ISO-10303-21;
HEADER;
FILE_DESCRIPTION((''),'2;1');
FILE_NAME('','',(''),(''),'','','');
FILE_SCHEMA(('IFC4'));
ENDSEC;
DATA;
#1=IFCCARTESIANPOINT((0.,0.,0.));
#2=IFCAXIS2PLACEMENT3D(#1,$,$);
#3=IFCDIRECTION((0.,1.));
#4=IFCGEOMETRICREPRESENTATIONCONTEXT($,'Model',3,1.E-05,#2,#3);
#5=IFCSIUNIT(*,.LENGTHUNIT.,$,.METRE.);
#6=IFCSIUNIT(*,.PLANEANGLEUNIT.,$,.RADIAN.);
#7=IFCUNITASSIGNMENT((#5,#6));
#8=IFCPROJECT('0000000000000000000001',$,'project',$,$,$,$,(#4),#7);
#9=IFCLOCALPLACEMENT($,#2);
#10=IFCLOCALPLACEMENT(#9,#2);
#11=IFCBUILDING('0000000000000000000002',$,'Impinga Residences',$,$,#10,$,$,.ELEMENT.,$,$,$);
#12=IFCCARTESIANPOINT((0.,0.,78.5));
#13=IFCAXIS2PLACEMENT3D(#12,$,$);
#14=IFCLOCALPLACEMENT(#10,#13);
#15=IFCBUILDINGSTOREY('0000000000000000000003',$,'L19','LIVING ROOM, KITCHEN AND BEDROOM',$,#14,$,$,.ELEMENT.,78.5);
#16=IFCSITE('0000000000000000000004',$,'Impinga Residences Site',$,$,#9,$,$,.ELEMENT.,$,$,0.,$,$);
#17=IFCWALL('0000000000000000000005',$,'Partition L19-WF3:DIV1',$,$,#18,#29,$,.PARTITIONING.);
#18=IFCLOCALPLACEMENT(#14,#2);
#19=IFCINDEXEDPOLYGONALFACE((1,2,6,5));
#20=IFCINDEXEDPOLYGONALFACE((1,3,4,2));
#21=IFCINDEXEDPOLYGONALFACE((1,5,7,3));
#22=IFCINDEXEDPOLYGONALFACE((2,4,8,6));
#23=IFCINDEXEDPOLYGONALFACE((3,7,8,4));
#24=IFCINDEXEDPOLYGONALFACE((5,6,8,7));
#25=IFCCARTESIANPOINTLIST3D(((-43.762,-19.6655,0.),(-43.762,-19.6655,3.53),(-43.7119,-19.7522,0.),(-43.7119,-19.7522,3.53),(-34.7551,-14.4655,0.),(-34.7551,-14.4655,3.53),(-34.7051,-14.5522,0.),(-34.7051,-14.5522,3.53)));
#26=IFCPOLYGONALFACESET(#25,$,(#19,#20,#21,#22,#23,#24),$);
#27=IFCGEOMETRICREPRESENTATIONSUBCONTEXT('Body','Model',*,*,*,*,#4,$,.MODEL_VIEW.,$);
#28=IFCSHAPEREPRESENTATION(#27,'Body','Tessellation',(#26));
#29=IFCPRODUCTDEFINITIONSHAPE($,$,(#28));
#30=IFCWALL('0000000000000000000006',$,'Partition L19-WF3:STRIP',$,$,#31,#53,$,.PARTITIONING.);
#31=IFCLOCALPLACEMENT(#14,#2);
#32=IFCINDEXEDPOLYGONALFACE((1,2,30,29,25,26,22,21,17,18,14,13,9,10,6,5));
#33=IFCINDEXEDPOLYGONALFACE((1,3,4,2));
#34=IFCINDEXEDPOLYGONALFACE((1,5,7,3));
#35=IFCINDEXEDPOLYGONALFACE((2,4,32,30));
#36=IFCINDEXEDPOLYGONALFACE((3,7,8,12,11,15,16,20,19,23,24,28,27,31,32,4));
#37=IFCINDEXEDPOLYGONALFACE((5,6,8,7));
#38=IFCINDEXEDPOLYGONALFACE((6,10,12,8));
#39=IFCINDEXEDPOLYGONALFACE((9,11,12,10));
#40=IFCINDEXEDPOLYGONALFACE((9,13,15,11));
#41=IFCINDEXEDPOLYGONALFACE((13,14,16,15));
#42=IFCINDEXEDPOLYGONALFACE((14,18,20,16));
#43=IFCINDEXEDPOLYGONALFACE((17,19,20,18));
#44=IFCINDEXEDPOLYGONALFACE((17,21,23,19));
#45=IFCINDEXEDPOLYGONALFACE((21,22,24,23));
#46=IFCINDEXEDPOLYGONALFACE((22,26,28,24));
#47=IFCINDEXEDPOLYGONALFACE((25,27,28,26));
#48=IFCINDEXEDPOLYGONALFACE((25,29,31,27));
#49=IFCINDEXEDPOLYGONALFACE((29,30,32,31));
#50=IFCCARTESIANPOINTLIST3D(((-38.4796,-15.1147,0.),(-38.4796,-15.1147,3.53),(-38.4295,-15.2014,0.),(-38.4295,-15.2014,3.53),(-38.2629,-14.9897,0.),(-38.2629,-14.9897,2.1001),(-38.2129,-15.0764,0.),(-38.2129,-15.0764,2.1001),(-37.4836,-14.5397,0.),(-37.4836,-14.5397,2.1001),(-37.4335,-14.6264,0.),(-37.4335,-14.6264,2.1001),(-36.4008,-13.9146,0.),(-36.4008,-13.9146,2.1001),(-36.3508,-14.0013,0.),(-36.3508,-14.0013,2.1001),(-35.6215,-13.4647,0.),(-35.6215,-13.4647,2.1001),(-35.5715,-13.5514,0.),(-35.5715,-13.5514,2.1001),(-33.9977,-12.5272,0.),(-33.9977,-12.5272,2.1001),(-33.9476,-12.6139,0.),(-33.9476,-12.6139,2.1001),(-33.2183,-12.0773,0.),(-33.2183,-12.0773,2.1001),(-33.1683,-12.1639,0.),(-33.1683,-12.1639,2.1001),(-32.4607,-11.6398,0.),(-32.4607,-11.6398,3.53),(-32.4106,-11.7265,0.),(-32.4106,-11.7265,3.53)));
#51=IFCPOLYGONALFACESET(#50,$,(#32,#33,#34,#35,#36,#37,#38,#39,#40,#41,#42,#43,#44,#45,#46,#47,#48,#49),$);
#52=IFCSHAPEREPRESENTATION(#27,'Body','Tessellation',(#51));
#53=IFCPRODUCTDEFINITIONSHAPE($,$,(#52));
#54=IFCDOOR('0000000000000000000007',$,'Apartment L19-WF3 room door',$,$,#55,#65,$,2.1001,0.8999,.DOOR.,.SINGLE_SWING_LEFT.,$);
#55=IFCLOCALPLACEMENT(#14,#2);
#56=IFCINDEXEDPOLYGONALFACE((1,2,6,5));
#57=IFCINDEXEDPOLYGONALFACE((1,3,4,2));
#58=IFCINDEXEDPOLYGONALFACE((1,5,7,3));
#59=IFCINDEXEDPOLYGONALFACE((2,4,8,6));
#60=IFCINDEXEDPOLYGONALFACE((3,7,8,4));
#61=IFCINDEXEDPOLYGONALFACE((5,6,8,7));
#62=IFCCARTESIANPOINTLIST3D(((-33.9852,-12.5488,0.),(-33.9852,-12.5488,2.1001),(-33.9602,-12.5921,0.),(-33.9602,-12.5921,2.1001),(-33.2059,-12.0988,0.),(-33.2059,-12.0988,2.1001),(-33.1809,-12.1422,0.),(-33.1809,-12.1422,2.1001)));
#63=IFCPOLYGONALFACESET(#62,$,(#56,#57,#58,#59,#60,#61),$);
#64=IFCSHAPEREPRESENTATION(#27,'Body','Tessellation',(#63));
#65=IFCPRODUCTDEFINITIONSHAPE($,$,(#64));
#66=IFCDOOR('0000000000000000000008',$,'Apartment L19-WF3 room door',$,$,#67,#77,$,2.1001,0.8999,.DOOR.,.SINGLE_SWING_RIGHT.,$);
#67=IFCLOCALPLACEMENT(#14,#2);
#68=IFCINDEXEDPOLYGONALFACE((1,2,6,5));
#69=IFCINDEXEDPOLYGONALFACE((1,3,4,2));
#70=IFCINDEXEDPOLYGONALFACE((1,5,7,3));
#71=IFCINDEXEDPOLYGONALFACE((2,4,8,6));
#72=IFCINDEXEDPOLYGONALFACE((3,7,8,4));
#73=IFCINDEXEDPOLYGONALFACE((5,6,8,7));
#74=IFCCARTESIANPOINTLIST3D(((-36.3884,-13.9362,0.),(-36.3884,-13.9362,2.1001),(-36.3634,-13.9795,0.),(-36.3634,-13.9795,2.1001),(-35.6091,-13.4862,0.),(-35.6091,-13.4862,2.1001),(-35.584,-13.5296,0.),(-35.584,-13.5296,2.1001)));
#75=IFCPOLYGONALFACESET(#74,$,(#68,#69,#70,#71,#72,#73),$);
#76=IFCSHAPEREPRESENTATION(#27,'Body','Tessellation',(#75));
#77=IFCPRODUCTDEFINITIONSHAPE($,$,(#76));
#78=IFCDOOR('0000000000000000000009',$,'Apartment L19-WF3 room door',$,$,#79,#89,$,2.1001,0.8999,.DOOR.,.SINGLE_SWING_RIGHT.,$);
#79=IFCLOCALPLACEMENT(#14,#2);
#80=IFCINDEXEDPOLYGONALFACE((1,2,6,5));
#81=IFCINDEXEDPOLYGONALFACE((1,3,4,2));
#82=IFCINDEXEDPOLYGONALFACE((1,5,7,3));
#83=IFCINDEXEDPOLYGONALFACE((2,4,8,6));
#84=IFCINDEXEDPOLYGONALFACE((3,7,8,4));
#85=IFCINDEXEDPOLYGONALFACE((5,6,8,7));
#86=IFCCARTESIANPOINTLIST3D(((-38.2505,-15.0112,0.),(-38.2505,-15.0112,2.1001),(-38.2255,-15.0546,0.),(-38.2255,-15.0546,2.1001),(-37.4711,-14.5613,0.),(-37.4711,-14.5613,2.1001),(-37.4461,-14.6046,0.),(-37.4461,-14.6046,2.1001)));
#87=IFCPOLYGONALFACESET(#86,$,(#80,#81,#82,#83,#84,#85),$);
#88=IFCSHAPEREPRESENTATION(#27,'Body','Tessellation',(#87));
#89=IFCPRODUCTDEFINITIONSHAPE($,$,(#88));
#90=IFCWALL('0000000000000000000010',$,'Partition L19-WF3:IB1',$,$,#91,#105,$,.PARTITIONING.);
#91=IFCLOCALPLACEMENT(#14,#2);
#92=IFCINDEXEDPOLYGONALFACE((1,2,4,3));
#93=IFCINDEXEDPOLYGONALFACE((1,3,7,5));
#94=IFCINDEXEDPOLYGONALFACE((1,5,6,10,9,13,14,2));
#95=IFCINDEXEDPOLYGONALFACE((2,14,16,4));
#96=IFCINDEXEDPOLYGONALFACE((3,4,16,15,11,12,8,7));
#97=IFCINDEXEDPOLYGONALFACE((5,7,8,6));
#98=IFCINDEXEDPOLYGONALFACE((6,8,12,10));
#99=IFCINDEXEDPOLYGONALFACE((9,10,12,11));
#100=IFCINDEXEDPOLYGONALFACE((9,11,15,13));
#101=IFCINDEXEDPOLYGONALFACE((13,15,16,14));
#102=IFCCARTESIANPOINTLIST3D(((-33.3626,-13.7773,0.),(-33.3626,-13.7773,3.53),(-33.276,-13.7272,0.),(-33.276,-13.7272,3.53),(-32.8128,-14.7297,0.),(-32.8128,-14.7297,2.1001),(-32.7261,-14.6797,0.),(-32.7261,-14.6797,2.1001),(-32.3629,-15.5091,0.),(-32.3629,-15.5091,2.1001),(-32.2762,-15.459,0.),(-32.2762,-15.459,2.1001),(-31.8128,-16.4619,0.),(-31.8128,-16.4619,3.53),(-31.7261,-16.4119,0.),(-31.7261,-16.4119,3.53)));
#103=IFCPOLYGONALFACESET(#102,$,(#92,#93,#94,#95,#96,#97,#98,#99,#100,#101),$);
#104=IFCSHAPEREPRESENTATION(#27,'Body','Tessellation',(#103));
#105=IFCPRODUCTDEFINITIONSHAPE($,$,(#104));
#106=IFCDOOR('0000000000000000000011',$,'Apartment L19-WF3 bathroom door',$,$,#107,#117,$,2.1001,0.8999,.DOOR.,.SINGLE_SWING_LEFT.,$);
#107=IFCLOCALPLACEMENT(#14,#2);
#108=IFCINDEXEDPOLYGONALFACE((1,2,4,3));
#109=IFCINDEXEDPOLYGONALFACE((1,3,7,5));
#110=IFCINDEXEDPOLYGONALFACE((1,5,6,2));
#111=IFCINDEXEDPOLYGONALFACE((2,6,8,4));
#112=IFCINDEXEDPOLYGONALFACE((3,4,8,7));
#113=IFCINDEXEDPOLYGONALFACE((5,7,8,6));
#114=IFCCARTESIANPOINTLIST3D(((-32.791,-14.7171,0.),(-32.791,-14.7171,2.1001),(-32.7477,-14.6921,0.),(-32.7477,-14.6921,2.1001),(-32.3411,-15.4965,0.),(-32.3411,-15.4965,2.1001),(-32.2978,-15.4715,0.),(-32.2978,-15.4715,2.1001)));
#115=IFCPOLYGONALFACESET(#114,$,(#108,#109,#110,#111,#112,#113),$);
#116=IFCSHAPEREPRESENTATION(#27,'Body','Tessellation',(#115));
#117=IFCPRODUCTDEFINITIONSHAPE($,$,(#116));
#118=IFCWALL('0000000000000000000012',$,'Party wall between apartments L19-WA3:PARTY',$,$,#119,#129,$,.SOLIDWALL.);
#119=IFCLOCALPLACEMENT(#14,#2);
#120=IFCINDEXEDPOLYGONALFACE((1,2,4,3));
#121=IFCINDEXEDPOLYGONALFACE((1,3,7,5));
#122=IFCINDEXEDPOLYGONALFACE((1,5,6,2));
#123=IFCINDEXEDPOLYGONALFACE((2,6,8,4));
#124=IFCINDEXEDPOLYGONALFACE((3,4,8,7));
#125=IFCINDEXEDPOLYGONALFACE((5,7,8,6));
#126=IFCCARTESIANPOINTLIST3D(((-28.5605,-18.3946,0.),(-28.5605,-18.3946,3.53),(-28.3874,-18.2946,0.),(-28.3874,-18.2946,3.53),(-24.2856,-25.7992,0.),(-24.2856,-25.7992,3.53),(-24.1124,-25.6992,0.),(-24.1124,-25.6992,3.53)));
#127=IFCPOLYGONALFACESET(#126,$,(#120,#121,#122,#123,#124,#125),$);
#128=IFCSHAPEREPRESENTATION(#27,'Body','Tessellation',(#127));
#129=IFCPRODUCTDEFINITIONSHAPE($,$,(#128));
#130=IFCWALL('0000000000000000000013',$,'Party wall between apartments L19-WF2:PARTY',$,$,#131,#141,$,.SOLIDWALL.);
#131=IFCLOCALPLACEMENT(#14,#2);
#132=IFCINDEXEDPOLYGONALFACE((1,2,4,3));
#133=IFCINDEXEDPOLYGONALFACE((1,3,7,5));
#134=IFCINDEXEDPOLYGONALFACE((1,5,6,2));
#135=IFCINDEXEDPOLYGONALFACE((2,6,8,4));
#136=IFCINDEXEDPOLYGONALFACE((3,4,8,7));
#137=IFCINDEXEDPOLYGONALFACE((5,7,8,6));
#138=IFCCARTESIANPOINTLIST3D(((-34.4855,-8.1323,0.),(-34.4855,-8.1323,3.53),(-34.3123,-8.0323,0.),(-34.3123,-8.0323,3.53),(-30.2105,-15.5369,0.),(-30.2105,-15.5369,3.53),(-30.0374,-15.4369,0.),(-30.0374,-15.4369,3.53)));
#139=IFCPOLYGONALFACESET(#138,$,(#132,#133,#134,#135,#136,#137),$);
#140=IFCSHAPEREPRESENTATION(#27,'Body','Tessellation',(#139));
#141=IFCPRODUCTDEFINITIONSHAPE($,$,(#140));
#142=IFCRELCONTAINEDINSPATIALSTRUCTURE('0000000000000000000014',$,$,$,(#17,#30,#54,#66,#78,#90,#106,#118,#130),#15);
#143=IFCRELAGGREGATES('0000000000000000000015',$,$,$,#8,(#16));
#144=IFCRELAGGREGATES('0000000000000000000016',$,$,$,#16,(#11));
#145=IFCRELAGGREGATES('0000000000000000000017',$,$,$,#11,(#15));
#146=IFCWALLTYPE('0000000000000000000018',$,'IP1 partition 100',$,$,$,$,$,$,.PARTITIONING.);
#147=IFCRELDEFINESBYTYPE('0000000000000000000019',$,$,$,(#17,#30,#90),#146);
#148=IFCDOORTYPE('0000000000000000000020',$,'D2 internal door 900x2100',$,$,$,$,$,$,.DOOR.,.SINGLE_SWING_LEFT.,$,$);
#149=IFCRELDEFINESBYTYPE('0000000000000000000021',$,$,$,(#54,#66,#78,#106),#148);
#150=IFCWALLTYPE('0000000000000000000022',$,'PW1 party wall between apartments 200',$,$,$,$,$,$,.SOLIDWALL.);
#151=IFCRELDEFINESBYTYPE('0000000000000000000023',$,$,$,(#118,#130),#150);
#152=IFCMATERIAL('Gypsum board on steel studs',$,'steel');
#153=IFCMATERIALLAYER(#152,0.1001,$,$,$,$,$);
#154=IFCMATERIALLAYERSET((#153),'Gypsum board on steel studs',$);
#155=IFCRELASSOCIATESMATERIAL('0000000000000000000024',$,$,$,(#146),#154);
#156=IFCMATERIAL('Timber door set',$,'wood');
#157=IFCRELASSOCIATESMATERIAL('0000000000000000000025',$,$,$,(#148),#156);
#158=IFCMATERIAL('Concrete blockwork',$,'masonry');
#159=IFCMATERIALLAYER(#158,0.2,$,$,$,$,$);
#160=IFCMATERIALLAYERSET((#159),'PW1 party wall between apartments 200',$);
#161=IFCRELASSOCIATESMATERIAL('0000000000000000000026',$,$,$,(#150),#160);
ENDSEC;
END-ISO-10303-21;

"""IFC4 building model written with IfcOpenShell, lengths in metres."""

from ifc_helpers import new_model, si_unit, direction, frame, frame_2d, origin, place, context, subcontext, project, spatial, rectangle, extrude, material, layer, layer_set, type_object, element, fill, save


model = new_model("IFC4")

# Units and contexts
model_context = context("Model", 3, precision=1e-05, world=origin(), true_north=direction((0.0, 1.0)))
body_context = subcontext(model_context, "Body", "Model", "MODEL_VIEW")
ifc_project = project(units=[si_unit("LENGTHUNIT", "METRE"), si_unit("PLANEANGLEUNIT", "RADIAN")], contexts=[model_context])

# Site, building, storey
site_placement = place(None, origin())
site = spatial("IfcSite", under=ifc_project, at=site_placement, Name="Impinga Residences Site", CompositionType="ELEMENT", RefElevation=0.0)
building_placement = place(site_placement, origin())
building = spatial("IfcBuilding", under=site, at=building_placement, Name="Impinga Residences", CompositionType="ELEMENT")
storey_placement = place(building_placement, frame((0.0, 0.0, 78.5)))
storey = spatial("IfcBuildingStorey", under=building, at=storey_placement, Name="L19", Description="LIVING ROOM, KITCHEN AND BEDROOM", CompositionType="ELEMENT", Elevation=78.5)

# Shared definitions
ifc_material_1 = material(Name="Concrete blockwork", Category="masonry")
ifc_material_2 = material(Name="Timber door set", Category="wood")
ifc_material_3 = material(Name="Gypsum board on steel studs", Category="steel")
ifc_layer_1 = layer(ifc_material_3, 0.1001)
ifc_layer_set_1 = layer_set([ifc_layer_1], Name="Gypsum board on steel studs")
wall_type_1 = type_object("IfcWallType", Name="IP1 partition 100", PredefinedType="PARTITIONING", material=ifc_layer_set_1)
door_type_1 = type_object("IfcDoorType", Name="D2 internal door 900x2100", OperationType="SINGLE_SWING_LEFT", PredefinedType="DOOR", material=ifc_material_2)

# Wall
wall_1_placement = place(storey_placement, frame((-34.73, -14.5088, 0.0), z_axis=(0.0, 0.0, 1.0), x_axis=(-0.866032, -0.499989, 0.0)))
element("IfcWall", 1, at=wall_1_placement, inside=storey, type_object=wall_type_1, Name="Partition L19-WF3:DIV1", PredefinedType="PARTITIONING", context=body_context, shape_type="SweptSolid", body=[
    extrude(rectangle(XDim=10.4001, YDim=0.1001, at=frame_2d((5.2002, 0.0))), origin(), (0.0, 0.0, 1.0), 3.53),
])

# Wall, openings, doors
wall_2_placement = place(storey_placement, frame((-32.4355, -11.6831, 0.0), z_axis=(0.0, 0.0, 1.0), x_axis=(-0.866032, -0.499989, 0.0)))
wall_2 = element("IfcWall", 2, at=wall_2_placement, inside=storey, type_object=wall_type_1, Name="Partition L19-WF3:STRIP", PredefinedType="PARTITIONING", context=body_context, shape_type="SweptSolid", body=[
    extrude(rectangle(XDim=6.95, YDim=0.1001, at=frame_2d((3.4751, 0.0))), origin(), (0.0, 0.0, 1.0), 3.53),
])
opening_1_placement = place(wall_2_placement, frame((0.875, 0.0, 0.0)))
opening_1 = element("IfcOpeningElement", 3, at=opening_1_placement, cuts=wall_2, PredefinedType="OPENING", context=body_context, shape_type="SweptSolid", body=[
    extrude(rectangle(XDim=0.8999, YDim=2.1001, at=frame_2d((0.45, 1.05))), frame((0.0, 0.0601, 0.0), z_axis=(0.0, -1.0, 0.0), x_axis=(1.0, 0.0, 0.0)), (0.0, 0.0, 1.0), 0.1201),
])
opening_2_placement = place(wall_2_placement, frame((3.6499, 0.0, 0.0)))
opening_2 = element("IfcOpeningElement", 4, at=opening_2_placement, cuts=wall_2, PredefinedType="OPENING", context=body_context, shape_type="SweptSolid", body=[
    extrude(rectangle(XDim=0.8999, YDim=2.1001, at=frame_2d((0.45, 1.05))), frame((0.0, 0.0601, 0.0), z_axis=(0.0, -1.0, 0.0), x_axis=(1.0, 0.0, 0.0)), (0.0, 0.0, 1.0), 0.1201),
])
opening_3_placement = place(wall_2_placement, frame((5.8, 0.0, 0.0)))
opening_3 = element("IfcOpeningElement", 5, at=opening_3_placement, cuts=wall_2, PredefinedType="OPENING", context=body_context, shape_type="SweptSolid", body=[
    extrude(rectangle(XDim=0.8999, YDim=2.1001, at=frame_2d((0.45, 1.05))), frame((0.0, 0.0601, 0.0), z_axis=(0.0, -1.0, 0.0), x_axis=(1.0, 0.0, 0.0)), (0.0, 0.0, 1.0), 0.1201),
])
door_1_placement = place(opening_1_placement, origin())
door_1 = element("IfcDoor", 6, at=door_1_placement, inside=storey, type_object=door_type_1, Name="Apartment L19-WF3 room door", OperationType="SINGLE_SWING_LEFT", OverallHeight=2.1001, OverallWidth=0.8999, PredefinedType="DOOR", context=body_context, shape_type="SweptSolid", body=[
    extrude(rectangle(XDim=0.8999, YDim=2.1001, at=frame_2d((0.45, 1.05))), frame((0.0, 0.0249, 0.0), z_axis=(0.0, -1.0, 0.0), x_axis=(1.0, 0.0, 0.0)), (0.0, 0.0, 1.0), 0.05),
])
fill(opening_1, door_1)
door_2_placement = place(opening_2_placement, origin())
door_2 = element("IfcDoor", 7, at=door_2_placement, inside=storey, type_object=door_type_1, Name="Apartment L19-WF3 room door", OperationType="SINGLE_SWING_RIGHT", OverallHeight=2.1001, OverallWidth=0.8999, PredefinedType="DOOR", context=body_context, shape_type="SweptSolid", body=[
    extrude(rectangle(XDim=0.8999, YDim=2.1001, at=frame_2d((0.45, 1.05))), frame((0.0, 0.0249, 0.0), z_axis=(0.0, -1.0, 0.0), x_axis=(1.0, 0.0, 0.0)), (0.0, 0.0, 1.0), 0.05),
])
fill(opening_2, door_2)
door_3_placement = place(opening_3_placement, origin())
door_3 = element("IfcDoor", 8, at=door_3_placement, inside=storey, type_object=door_type_1, Name="Apartment L19-WF3 room door", OperationType="SINGLE_SWING_RIGHT", OverallHeight=2.1001, OverallWidth=0.8999, PredefinedType="DOOR", context=body_context, shape_type="SweptSolid", body=[
    extrude(rectangle(XDim=0.8999, YDim=2.1001, at=frame_2d((0.45, 1.05))), frame((0.0, 0.0249, 0.0), z_axis=(0.0, -1.0, 0.0), x_axis=(1.0, 0.0, 0.0)), (0.0, 0.0, 1.0), 0.05),
])
fill(opening_3, door_3)

# Wall, opening, door
wall_3_placement = place(storey_placement, frame((-31.7695, -16.4368, 0.0), z_axis=(0.0, 0.0, 1.0), x_axis=(-0.499968, 0.866044, 0.0)))
wall_3 = element("IfcWall", 9, at=wall_3_placement, inside=storey, type_object=wall_type_1, Name="Partition L19-WF3:IB1", PredefinedType="PARTITIONING", context=body_context, shape_type="SweptSolid", body=[
    extrude(rectangle(XDim=3.0999, YDim=0.1001, at=frame_2d((1.5498, 0.0))), origin(), (0.0, 0.0, 1.0), 3.53),
])
opening_4_placement = place(wall_3_placement, frame((1.1001, 0.0, 0.0)))
opening_4 = element("IfcOpeningElement", 10, at=opening_4_placement, cuts=wall_3, PredefinedType="OPENING", context=body_context, shape_type="SweptSolid", body=[
    extrude(rectangle(XDim=0.8999, YDim=2.1001, at=frame_2d((0.45, 1.05))), frame((0.0, 0.0601, 0.0), z_axis=(0.0, -1.0, 0.0), x_axis=(1.0, 0.0, 0.0)), (0.0, 0.0, 1.0), 0.1201),
])
door_4_placement = place(opening_4_placement, origin())
door_4 = element("IfcDoor", 11, at=door_4_placement, inside=storey, type_object=door_type_1, Name="Apartment L19-WF3 bathroom door", OperationType="SINGLE_SWING_LEFT", OverallHeight=2.1001, OverallWidth=0.8999, PredefinedType="DOOR", context=body_context, shape_type="SweptSolid", body=[
    extrude(rectangle(XDim=0.8999, YDim=2.1001, at=frame_2d((0.45, 1.05))), frame((0.0, 0.0249, 0.0), z_axis=(0.0, -1.0, 0.0), x_axis=(1.0, 0.0, 0.0)), (0.0, 0.0, 1.0), 0.05),
])
fill(opening_4, door_4)

# Walls
ifc_layer_2 = layer(ifc_material_1, 0.2)
ifc_layer_set_2 = layer_set([ifc_layer_2], Name="PW1 party wall between apartments 200")
wall_type_2 = type_object("IfcWallType", Name="PW1 party wall between apartments 200", PredefinedType="SOLIDWALL", material=ifc_layer_set_2)
for number, where, z_axis, x_axis, name in (
    (12, (-28.4739, -18.3447, 0.0), (0.0, 0.0, 1.0), (0.49999, -0.866031, 0.0), "Party wall between apartments L19-WA3:PARTY"),
    (13, (-30.124, -15.4868, 0.0), (0.0, 0.0, 1.0), (-0.49999, 0.866031, 0.0), "Party wall between apartments L19-WF2:PARTY"),
):
    element("IfcWall", number, at=place(storey_placement, frame(where, z_axis=z_axis, x_axis=x_axis)), inside=storey, type_object=wall_type_2, Name=name, PredefinedType="SOLIDWALL", context=body_context, shape_type="SweptSolid", body=[
        extrude(rectangle(XDim=8.55, YDim=0.2, at=frame_2d((4.2749, 0.0))), origin(), (0.0, 0.0, 1.0), 3.53),
    ])

save(model, "model.ifc")
